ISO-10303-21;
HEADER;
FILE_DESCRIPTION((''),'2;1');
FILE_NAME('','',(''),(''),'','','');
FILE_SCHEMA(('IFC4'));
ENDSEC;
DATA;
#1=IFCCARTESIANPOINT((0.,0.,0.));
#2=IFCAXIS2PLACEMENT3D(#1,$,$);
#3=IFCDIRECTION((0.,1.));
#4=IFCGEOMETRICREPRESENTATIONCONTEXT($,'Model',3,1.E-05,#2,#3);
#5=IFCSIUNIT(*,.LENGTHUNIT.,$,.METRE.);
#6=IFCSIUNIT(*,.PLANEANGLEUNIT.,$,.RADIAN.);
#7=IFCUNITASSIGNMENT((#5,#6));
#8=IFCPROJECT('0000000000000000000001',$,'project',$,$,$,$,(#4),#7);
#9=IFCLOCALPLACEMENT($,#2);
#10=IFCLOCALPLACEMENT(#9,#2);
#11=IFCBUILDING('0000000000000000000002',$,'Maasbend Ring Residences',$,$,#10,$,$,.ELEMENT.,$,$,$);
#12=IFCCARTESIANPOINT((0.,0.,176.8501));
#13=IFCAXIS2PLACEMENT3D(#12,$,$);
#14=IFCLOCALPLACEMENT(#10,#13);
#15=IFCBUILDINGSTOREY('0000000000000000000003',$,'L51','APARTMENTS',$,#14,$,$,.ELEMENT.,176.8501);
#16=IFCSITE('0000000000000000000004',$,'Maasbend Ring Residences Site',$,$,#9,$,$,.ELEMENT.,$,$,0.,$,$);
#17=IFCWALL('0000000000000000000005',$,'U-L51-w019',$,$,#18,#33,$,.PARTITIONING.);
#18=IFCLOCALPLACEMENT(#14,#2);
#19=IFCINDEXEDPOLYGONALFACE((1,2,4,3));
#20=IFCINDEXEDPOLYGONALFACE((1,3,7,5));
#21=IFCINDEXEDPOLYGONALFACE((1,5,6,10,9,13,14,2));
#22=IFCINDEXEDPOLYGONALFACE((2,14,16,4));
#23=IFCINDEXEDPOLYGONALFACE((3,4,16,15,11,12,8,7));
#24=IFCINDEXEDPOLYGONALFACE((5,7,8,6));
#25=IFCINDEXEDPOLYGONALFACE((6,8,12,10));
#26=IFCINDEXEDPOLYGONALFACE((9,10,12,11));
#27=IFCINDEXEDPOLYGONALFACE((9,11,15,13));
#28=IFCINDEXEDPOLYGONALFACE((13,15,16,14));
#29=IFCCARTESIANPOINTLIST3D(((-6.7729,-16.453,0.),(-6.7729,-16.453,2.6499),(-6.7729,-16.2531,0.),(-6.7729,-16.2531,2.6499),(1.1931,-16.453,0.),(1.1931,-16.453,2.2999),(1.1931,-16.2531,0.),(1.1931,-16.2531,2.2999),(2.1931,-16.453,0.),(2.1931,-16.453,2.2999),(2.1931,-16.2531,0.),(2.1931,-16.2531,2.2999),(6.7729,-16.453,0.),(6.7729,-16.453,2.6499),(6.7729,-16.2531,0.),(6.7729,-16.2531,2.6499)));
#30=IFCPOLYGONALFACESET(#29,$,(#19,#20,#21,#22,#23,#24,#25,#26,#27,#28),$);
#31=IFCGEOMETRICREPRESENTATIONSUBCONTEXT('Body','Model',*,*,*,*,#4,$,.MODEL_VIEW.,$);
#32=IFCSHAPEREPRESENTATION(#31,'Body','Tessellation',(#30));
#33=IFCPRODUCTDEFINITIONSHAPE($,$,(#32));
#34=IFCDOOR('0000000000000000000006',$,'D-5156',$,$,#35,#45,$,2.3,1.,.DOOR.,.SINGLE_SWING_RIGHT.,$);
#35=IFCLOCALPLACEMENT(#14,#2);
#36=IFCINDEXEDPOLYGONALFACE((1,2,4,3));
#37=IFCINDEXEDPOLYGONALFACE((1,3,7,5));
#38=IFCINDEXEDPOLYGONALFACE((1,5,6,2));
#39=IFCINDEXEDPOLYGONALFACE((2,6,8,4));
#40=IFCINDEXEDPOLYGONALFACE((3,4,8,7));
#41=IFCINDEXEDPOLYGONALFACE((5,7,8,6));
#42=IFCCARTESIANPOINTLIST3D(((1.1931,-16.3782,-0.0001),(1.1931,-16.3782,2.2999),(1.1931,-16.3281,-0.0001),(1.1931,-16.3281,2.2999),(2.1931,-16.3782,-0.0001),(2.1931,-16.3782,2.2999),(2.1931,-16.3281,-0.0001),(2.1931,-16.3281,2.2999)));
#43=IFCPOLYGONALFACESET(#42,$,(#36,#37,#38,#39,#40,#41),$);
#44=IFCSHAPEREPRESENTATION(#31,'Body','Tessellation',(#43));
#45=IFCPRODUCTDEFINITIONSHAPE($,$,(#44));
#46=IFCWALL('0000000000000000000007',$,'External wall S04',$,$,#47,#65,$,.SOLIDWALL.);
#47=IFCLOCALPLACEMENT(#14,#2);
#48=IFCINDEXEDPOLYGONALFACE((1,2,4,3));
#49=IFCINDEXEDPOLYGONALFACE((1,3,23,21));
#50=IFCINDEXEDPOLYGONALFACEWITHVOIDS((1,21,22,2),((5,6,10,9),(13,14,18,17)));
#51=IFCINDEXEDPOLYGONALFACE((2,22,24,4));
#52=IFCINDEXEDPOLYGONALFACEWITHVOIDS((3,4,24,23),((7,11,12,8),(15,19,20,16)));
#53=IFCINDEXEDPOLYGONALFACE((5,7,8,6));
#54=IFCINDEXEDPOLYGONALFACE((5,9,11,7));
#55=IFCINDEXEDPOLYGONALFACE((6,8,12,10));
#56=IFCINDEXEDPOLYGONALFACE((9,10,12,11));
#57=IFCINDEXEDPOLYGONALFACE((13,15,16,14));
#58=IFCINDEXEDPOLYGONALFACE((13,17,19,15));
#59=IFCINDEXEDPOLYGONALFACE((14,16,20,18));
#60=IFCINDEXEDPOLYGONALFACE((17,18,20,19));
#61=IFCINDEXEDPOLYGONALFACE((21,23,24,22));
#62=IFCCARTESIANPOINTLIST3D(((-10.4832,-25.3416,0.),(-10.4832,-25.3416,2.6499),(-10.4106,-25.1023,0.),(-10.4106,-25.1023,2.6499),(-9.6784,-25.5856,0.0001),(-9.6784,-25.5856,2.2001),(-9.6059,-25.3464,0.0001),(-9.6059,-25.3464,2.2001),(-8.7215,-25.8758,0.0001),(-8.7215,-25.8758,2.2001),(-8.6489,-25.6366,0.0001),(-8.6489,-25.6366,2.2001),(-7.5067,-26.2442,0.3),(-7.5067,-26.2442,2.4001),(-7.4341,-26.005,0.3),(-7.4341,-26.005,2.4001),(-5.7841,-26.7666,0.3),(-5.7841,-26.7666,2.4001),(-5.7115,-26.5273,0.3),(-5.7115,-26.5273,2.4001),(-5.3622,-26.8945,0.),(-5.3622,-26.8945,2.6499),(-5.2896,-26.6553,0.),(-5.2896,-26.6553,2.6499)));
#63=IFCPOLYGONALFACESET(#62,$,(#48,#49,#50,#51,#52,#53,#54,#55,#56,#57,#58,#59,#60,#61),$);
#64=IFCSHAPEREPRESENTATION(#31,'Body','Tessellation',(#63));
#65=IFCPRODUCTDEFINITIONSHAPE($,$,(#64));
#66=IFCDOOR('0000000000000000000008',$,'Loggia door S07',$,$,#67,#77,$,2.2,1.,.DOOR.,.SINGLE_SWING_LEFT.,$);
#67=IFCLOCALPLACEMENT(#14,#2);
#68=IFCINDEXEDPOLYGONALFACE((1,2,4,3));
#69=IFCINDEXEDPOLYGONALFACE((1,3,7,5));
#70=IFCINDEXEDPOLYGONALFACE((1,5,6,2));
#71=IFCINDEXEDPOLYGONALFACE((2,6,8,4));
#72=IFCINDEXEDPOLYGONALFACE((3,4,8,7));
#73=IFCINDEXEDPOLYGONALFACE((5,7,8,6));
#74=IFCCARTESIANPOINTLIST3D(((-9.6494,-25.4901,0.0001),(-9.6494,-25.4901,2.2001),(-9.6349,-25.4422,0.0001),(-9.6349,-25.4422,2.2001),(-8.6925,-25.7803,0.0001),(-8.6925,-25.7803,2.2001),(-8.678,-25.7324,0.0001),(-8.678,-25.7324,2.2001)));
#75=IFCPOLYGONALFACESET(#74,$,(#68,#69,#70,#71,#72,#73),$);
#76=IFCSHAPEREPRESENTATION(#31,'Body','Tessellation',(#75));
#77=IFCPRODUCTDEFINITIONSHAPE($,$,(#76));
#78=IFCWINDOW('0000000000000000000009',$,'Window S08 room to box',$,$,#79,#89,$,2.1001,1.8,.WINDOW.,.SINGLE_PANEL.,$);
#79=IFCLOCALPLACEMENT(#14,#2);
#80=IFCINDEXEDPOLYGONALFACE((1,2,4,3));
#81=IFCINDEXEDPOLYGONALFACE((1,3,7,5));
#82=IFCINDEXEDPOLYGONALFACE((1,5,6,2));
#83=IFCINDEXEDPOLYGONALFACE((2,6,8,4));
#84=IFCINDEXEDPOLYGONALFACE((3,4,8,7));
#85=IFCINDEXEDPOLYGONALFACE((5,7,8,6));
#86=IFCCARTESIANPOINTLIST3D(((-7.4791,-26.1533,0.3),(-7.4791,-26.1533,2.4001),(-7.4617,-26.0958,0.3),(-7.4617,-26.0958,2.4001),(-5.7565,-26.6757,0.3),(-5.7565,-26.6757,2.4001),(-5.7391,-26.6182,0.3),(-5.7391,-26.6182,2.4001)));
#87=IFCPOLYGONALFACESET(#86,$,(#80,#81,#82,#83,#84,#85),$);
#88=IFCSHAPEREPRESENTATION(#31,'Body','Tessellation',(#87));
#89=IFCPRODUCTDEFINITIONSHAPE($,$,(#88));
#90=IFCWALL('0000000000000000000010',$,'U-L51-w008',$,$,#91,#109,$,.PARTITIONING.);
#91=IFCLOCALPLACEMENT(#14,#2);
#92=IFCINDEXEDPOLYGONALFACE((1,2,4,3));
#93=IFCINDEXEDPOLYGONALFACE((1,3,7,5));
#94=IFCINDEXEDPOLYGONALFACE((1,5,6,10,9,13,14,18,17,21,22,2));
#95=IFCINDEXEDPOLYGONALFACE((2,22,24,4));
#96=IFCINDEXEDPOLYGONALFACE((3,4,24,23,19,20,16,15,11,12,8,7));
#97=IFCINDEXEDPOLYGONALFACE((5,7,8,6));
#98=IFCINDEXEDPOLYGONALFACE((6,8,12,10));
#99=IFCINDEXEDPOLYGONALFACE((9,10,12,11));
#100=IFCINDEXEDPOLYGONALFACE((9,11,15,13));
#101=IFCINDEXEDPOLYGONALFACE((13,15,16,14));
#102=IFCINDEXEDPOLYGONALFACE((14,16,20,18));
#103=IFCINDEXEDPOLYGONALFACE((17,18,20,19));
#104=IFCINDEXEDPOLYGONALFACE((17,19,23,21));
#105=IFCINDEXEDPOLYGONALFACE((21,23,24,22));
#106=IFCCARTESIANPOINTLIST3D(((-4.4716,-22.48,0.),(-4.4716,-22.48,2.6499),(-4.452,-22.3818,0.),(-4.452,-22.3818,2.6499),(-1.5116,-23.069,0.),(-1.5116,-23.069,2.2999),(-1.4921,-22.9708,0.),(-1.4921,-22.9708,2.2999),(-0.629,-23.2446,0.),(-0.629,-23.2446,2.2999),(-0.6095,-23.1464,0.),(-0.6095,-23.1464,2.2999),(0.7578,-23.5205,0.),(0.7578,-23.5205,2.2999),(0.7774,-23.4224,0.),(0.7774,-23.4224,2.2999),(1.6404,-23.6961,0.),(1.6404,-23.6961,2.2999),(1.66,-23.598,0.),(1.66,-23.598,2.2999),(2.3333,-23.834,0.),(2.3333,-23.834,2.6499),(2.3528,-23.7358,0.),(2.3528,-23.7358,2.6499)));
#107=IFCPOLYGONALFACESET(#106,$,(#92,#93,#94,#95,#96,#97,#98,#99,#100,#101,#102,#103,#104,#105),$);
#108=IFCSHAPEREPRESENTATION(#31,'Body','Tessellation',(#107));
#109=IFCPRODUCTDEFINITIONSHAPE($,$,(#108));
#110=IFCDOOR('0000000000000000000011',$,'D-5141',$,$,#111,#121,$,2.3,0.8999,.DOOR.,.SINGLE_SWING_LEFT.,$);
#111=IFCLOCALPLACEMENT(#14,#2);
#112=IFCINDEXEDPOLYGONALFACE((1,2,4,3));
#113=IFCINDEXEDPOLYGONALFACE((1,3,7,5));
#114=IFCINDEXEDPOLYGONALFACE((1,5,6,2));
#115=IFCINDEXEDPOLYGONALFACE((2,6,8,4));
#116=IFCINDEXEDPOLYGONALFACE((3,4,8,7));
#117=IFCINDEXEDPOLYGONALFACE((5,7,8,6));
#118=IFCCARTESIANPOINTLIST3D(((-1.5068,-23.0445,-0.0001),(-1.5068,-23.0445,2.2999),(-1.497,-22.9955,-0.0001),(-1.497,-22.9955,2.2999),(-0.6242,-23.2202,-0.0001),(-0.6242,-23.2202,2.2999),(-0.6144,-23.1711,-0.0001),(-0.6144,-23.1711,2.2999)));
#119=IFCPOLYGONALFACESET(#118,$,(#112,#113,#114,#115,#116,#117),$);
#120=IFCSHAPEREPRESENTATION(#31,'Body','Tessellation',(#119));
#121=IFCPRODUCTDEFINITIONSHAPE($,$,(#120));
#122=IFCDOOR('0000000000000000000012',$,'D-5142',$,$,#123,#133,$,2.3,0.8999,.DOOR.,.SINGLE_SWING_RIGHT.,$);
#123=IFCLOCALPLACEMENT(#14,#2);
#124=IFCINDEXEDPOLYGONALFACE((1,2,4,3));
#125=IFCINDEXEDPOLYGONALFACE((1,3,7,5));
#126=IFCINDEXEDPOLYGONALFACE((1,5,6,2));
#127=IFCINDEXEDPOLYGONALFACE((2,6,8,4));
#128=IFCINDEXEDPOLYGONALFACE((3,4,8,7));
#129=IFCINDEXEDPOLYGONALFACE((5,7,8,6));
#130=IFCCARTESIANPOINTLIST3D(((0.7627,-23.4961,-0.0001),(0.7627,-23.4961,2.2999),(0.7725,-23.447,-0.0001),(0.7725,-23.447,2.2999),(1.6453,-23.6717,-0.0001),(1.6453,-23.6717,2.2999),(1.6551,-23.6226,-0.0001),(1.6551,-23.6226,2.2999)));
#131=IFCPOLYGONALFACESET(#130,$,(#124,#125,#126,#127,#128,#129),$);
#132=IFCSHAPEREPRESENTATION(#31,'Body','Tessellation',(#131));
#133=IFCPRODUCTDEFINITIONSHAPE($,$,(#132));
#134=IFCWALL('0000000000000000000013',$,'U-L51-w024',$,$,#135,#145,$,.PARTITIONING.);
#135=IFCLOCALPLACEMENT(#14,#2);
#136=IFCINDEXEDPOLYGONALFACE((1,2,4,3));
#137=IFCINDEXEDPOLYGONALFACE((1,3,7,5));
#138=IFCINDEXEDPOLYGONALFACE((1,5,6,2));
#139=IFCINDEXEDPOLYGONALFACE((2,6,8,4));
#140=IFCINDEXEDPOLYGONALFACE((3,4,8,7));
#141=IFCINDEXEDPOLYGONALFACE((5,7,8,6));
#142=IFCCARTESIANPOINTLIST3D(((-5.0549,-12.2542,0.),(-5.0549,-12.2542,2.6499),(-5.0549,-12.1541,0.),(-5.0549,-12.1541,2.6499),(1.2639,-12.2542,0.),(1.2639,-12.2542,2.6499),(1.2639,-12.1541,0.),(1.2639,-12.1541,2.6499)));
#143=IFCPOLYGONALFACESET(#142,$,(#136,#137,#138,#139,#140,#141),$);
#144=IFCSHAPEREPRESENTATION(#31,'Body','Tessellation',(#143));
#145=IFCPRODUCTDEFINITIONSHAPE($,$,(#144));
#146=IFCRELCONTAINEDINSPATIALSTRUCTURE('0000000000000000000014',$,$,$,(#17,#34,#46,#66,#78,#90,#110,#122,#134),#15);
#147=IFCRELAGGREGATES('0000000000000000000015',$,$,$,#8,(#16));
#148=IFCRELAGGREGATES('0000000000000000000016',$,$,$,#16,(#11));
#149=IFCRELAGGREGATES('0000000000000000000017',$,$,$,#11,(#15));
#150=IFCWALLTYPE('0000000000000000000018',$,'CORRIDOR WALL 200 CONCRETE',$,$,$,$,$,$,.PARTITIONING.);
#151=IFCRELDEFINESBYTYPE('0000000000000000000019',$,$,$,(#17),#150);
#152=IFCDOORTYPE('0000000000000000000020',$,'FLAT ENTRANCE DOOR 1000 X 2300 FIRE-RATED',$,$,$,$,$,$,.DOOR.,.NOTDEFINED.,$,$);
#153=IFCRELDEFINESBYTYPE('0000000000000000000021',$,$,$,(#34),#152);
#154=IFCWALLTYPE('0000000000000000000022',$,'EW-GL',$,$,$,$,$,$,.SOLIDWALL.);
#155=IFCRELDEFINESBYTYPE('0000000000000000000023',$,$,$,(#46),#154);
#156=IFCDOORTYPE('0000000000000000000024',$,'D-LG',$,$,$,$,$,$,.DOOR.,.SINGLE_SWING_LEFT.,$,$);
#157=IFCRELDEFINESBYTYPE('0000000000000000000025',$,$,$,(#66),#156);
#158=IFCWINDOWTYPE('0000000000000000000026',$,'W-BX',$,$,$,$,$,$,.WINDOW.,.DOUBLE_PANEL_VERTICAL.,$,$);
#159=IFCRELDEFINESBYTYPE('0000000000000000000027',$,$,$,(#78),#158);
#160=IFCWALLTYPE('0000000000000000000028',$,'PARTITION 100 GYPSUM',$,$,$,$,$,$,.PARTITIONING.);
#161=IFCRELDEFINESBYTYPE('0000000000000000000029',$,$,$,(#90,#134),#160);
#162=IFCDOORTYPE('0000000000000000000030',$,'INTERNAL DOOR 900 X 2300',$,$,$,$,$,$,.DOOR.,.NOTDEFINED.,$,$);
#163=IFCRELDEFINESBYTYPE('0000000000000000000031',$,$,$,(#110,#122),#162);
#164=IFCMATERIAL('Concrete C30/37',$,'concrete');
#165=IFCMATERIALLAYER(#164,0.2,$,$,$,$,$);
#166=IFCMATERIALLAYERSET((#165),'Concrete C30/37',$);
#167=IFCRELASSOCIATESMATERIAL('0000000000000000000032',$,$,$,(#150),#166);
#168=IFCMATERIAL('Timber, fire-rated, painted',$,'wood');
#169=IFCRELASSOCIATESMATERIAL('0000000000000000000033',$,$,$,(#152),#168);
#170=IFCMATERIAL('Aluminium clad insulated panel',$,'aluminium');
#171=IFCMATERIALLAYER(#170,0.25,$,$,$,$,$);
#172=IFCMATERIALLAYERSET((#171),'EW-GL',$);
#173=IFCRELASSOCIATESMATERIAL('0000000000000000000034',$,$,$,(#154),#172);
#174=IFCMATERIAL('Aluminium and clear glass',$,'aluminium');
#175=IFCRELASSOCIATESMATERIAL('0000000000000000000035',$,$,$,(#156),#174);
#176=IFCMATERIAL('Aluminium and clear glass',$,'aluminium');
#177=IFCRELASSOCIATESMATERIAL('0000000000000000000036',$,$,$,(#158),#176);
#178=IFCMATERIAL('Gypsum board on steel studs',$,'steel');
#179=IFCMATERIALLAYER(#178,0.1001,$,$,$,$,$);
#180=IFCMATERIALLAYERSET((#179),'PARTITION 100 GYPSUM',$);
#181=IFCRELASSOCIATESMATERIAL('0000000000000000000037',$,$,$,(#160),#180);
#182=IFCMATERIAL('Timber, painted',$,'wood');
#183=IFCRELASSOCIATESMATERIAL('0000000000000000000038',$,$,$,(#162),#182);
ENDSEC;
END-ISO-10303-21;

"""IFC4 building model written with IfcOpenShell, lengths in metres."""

from ifc_helpers import new_model, si_unit, direction, frame, frame_2d, origin, place, context, subcontext, project, spatial, rectangle, extrude, material, layer, layer_set, type_object, element, fill, save


model = new_model("IFC4")

# Units and contexts
model_context = context("Model", 3, precision=1e-05, world=origin(), true_north=direction((0.0, 1.0)))
body_context = subcontext(model_context, "Body", "Model", "MODEL_VIEW")
ifc_project = project(units=[si_unit("LENGTHUNIT", "METRE"), si_unit("PLANEANGLEUNIT", "RADIAN")], contexts=[model_context])

# Site, building, storey
site_placement = place(None, origin())
site = spatial("IfcSite", under=ifc_project, at=site_placement, Name="Maasbend Ring Residences Site", CompositionType="ELEMENT", RefElevation=0.0)
building_placement = place(site_placement, origin())
building = spatial("IfcBuilding", under=site, at=building_placement, Name="Maasbend Ring Residences", CompositionType="ELEMENT")
storey_placement = place(building_placement, frame((0.0, 0.0, 176.8501)))
storey = spatial("IfcBuildingStorey", under=building, at=storey_placement, Name="L51", Description="APARTMENTS", CompositionType="ELEMENT", Elevation=176.8501)

# Wall, opening, door
ifc_material_1 = material(Name="Concrete C30/37", Category="concrete")
ifc_layer_1 = layer(ifc_material_1, 0.2)
ifc_layer_set_1 = layer_set([ifc_layer_1], Name="Concrete C30/37")
wall_type_1 = type_object("IfcWallType", Name="CORRIDOR WALL 200 CONCRETE", PredefinedType="PARTITIONING", material=ifc_layer_set_1)
ifc_material_2 = material(Name="Timber, fire-rated, painted", Category="wood")
door_type_1 = type_object("IfcDoorType", Name="FLAT ENTRANCE DOOR 1000 X 2300 FIRE-RATED", OperationType="NOTDEFINED", PredefinedType="DOOR", material=ifc_material_2)
wall_1_placement = place(storey_placement, frame((-6.7729, -16.353, 0.0), z_axis=(0.0, 0.0, 1.0), x_axis=(1.0, 0.0, 0.0)))
wall_1 = element("IfcWall", 1, at=wall_1_placement, inside=storey, type_object=wall_type_1, Name="U-L51-w019", PredefinedType="PARTITIONING", context=body_context, shape_type="SweptSolid", body=[
    extrude(rectangle(XDim=13.5459, YDim=0.2, at=frame_2d((6.7729, 0.0))), origin(), (0.0, 0.0, 1.0), 2.6499),
])
opening_1_placement = place(wall_1_placement, frame((7.9661, 0.0, 0.0)))
opening_1 = element("IfcOpeningElement", 2, at=opening_1_placement, cuts=wall_1, PredefinedType="OPENING", context=body_context, shape_type="SweptSolid", body=[
    extrude(rectangle(XDim=1.0, YDim=2.3, at=frame_2d((0.5, 1.1499))), frame((0.0, 0.1099, 0.0), z_axis=(0.0, -1.0, 0.0), x_axis=(1.0, 0.0, 0.0)), (0.0, 0.0, 1.0), 0.22),
])
door_1_placement = place(opening_1_placement, origin())
door_1 = element("IfcDoor", 3, at=door_1_placement, inside=storey, type_object=door_type_1, Name="D-5156", OperationType="SINGLE_SWING_RIGHT", OverallHeight=2.3, OverallWidth=1.0, PredefinedType="DOOR", context=body_context, shape_type="SweptSolid", body=[
    extrude(rectangle(XDim=1.0, YDim=2.3, at=frame_2d((0.5, 1.1499))), frame((0.0, 0.0249, 0.0), z_axis=(0.0, -1.0, 0.0), x_axis=(1.0, 0.0, 0.0)), (0.0, 0.0, 1.0), 0.05),
])
fill(opening_1, door_1)

# Wall, openings, door, window
ifc_material_3 = material(Name="Aluminium clad insulated panel", Category="aluminium")
ifc_layer_2 = layer(ifc_material_3, 0.25)
ifc_layer_set_2 = layer_set([ifc_layer_2], Name="EW-GL")
wall_type_2 = type_object("IfcWallType", Name="EW-GL", PredefinedType="SOLIDWALL", material=ifc_layer_set_2)
wall_2_placement = place(storey_placement, frame((-10.447, -25.2219, 0.0), z_axis=(0.0, 0.0, 1.0), x_axis=(0.956966, -0.290201, 0.0)))
wall_2 = element("IfcWall", 4, at=wall_2_placement, inside=storey, type_object=wall_type_2, Name="External wall S04", PredefinedType="SOLIDWALL", context=body_context, shape_type="SweptSolid", body=[
    extrude(rectangle(XDim=5.3513, YDim=0.25, at=frame_2d((2.6758, 0.0))), origin(), (0.0, 0.0, 1.0), 2.6499),
])
opening_2_placement = place(wall_2_placement, frame((0.8411, 0.0, 0.0)))
opening_2 = element("IfcOpeningElement", 5, at=opening_2_placement, cuts=wall_2, PredefinedType="OPENING", context=body_context, shape_type="SweptSolid", body=[
    extrude(rectangle(XDim=1.0, YDim=2.2, at=frame_2d((0.5, 1.1001))), frame((0.0, 0.135, 0.0), z_axis=(0.0, -1.0, 0.0), x_axis=(1.0, 0.0, 0.0)), (0.0, 0.0, 1.0), 0.27),
])
opening_3_placement = place(wall_2_placement, frame((3.1106, 0.0, 0.3)))
opening_3 = element("IfcOpeningElement", 6, at=opening_3_placement, cuts=wall_2, PredefinedType="OPENING", context=body_context, shape_type="SweptSolid", body=[
    extrude(rectangle(XDim=1.8, YDim=2.1001, at=frame_2d((0.8999, 1.05))), frame((0.0, 0.135, 0.0), z_axis=(0.0, -1.0, 0.0), x_axis=(1.0, 0.0, 0.0)), (0.0, 0.0, 1.0), 0.27),
])
ifc_material_4 = material(Name="Aluminium and clear glass", Category="aluminium")
door_type_2 = type_object("IfcDoorType", Name="D-LG", OperationType="SINGLE_SWING_LEFT", PredefinedType="DOOR", material=ifc_material_4)
door_2_placement = place(opening_2_placement, origin())
door_2 = element("IfcDoor", 7, at=door_2_placement, inside=storey, type_object=door_type_2, Name="Loggia door S07", OperationType="SINGLE_SWING_LEFT", OverallHeight=2.2, OverallWidth=1.0, PredefinedType="DOOR", context=body_context, shape_type="SweptSolid", body=[
    extrude(rectangle(XDim=1.0, YDim=2.2, at=frame_2d((0.5, 1.1001))), frame((0.0, 0.0249, 0.0), z_axis=(0.0, -1.0, 0.0), x_axis=(1.0, 0.0, 0.0)), (0.0, 0.0, 1.0), 0.05),
])
fill(opening_2, door_2)
ifc_material_5 = material(Name="Aluminium and clear glass", Category="aluminium")
window_type = type_object("IfcWindowType", Name="W-BX", PartitioningType="DOUBLE_PANEL_VERTICAL", PredefinedType="WINDOW", material=ifc_material_5)
window_placement = place(opening_3_placement, origin())
window = element("IfcWindow", 8, at=window_placement, inside=storey, type_object=window_type, Name="Window S08 room to box", OverallHeight=2.1001, OverallWidth=1.8, PartitioningType="SINGLE_PANEL", PredefinedType="WINDOW", context=body_context, shape_type="SweptSolid", body=[
    extrude(rectangle(XDim=1.8, YDim=2.1001, at=frame_2d((0.8999, 1.05))), frame((0.0, 0.03, 0.0), z_axis=(0.0, -1.0, 0.0), x_axis=(1.0, 0.0, 0.0)), (0.0, 0.0, 1.0), 0.0601),
])
fill(opening_3, window)

# Wall, openings, doors
ifc_material_6 = material(Name="Gypsum board on steel studs", Category="steel")
ifc_layer_3 = layer(ifc_material_6, 0.1001)
ifc_layer_set_3 = layer_set([ifc_layer_3], Name="PARTITION 100 GYPSUM")
wall_type_3 = type_object("IfcWallType", Name="PARTITION 100 GYPSUM", PredefinedType="PARTITIONING", material=ifc_layer_set_3)
wall_3_placement = place(storey_placement, frame((-4.4619, -22.4309, 0.0), z_axis=(0.0, 0.0, 1.0), x_axis=(0.980774, -0.195148, 0.0)))
wall_3 = element("IfcWall", 9, at=wall_3_placement, inside=storey, type_object=wall_type_3, Name="U-L51-w008", PredefinedType="PARTITIONING", context=body_context, shape_type="SweptSolid", body=[
    extrude(rectangle(XDim=6.9382, YDim=0.1001, at=frame_2d((3.4692, 0.0))), origin(), (0.0, 0.0, 1.0), 2.6499),
])
opening_4_placement = place(wall_3_placement, frame((3.0181, 0.0, 0.0)))
opening_4 = element("IfcOpeningElement", 10, at=opening_4_placement, cuts=wall_3, PredefinedType="OPENING", context=body_context, shape_type="SweptSolid", body=[
    extrude(rectangle(XDim=0.8999, YDim=2.3, at=frame_2d((0.45, 1.1499))), frame((0.0, 0.0601, 0.0), z_axis=(0.0, -1.0, 0.0), x_axis=(1.0, 0.0, 0.0)), (0.0, 0.0, 1.0), 0.1201),
])
opening_5_placement = place(wall_3_placement, frame((5.332, 0.0, 0.0)))
opening_5 = element("IfcOpeningElement", 11, at=opening_5_placement, cuts=wall_3, PredefinedType="OPENING", context=body_context, shape_type="SweptSolid", body=[
    extrude(rectangle(XDim=0.8999, YDim=2.3, at=frame_2d((0.45, 1.1499))), frame((0.0, 0.0601, 0.0), z_axis=(0.0, -1.0, 0.0), x_axis=(1.0, 0.0, 0.0)), (0.0, 0.0, 1.0), 0.1201),
])
ifc_material_7 = material(Name="Timber, painted", Category="wood")
door_type_3 = type_object("IfcDoorType", Name="INTERNAL DOOR 900 X 2300", OperationType="NOTDEFINED", PredefinedType="DOOR", material=ifc_material_7)
door_3_placement = place(opening_4_placement, origin())
door_3 = element("IfcDoor", 12, at=door_3_placement, inside=storey, type_object=door_type_3, Name="D-5141", OperationType="SINGLE_SWING_LEFT", OverallHeight=2.3, OverallWidth=0.8999, PredefinedType="DOOR", context=body_context, shape_type="SweptSolid", body=[
    extrude(rectangle(XDim=0.8999, YDim=2.3, at=frame_2d((0.45, 1.1499))), frame((0.0, 0.0249, 0.0), z_axis=(0.0, -1.0, 0.0), x_axis=(1.0, 0.0, 0.0)), (0.0, 0.0, 1.0), 0.05),
])
fill(opening_4, door_3)
door_4_placement = place(opening_5_placement, origin())
door_4 = element("IfcDoor", 13, at=door_4_placement, inside=storey, type_object=door_type_3, Name="D-5142", OperationType="SINGLE_SWING_RIGHT", OverallHeight=2.3, OverallWidth=0.8999, PredefinedType="DOOR", context=body_context, shape_type="SweptSolid", body=[
    extrude(rectangle(XDim=0.8999, YDim=2.3, at=frame_2d((0.45, 1.1499))), frame((0.0, 0.0249, 0.0), z_axis=(0.0, -1.0, 0.0), x_axis=(1.0, 0.0, 0.0)), (0.0, 0.0, 1.0), 0.05),
])
fill(opening_5, door_4)

# Wall
wall_4_placement = place(storey_placement, frame((-5.0549, -12.2041, 0.0), z_axis=(0.0, 0.0, 1.0), x_axis=(1.0, 0.0, 0.0)))
element("IfcWall", 14, at=wall_4_placement, inside=storey, type_object=wall_type_3, Name="U-L51-w024", PredefinedType="PARTITIONING", context=body_context, shape_type="SweptSolid", body=[
    extrude(rectangle(XDim=6.3188, YDim=0.1001, at=frame_2d((3.1594, 0.0))), origin(), (0.0, 0.0, 1.0), 2.6499),
])

save(model, "model.ifc")
